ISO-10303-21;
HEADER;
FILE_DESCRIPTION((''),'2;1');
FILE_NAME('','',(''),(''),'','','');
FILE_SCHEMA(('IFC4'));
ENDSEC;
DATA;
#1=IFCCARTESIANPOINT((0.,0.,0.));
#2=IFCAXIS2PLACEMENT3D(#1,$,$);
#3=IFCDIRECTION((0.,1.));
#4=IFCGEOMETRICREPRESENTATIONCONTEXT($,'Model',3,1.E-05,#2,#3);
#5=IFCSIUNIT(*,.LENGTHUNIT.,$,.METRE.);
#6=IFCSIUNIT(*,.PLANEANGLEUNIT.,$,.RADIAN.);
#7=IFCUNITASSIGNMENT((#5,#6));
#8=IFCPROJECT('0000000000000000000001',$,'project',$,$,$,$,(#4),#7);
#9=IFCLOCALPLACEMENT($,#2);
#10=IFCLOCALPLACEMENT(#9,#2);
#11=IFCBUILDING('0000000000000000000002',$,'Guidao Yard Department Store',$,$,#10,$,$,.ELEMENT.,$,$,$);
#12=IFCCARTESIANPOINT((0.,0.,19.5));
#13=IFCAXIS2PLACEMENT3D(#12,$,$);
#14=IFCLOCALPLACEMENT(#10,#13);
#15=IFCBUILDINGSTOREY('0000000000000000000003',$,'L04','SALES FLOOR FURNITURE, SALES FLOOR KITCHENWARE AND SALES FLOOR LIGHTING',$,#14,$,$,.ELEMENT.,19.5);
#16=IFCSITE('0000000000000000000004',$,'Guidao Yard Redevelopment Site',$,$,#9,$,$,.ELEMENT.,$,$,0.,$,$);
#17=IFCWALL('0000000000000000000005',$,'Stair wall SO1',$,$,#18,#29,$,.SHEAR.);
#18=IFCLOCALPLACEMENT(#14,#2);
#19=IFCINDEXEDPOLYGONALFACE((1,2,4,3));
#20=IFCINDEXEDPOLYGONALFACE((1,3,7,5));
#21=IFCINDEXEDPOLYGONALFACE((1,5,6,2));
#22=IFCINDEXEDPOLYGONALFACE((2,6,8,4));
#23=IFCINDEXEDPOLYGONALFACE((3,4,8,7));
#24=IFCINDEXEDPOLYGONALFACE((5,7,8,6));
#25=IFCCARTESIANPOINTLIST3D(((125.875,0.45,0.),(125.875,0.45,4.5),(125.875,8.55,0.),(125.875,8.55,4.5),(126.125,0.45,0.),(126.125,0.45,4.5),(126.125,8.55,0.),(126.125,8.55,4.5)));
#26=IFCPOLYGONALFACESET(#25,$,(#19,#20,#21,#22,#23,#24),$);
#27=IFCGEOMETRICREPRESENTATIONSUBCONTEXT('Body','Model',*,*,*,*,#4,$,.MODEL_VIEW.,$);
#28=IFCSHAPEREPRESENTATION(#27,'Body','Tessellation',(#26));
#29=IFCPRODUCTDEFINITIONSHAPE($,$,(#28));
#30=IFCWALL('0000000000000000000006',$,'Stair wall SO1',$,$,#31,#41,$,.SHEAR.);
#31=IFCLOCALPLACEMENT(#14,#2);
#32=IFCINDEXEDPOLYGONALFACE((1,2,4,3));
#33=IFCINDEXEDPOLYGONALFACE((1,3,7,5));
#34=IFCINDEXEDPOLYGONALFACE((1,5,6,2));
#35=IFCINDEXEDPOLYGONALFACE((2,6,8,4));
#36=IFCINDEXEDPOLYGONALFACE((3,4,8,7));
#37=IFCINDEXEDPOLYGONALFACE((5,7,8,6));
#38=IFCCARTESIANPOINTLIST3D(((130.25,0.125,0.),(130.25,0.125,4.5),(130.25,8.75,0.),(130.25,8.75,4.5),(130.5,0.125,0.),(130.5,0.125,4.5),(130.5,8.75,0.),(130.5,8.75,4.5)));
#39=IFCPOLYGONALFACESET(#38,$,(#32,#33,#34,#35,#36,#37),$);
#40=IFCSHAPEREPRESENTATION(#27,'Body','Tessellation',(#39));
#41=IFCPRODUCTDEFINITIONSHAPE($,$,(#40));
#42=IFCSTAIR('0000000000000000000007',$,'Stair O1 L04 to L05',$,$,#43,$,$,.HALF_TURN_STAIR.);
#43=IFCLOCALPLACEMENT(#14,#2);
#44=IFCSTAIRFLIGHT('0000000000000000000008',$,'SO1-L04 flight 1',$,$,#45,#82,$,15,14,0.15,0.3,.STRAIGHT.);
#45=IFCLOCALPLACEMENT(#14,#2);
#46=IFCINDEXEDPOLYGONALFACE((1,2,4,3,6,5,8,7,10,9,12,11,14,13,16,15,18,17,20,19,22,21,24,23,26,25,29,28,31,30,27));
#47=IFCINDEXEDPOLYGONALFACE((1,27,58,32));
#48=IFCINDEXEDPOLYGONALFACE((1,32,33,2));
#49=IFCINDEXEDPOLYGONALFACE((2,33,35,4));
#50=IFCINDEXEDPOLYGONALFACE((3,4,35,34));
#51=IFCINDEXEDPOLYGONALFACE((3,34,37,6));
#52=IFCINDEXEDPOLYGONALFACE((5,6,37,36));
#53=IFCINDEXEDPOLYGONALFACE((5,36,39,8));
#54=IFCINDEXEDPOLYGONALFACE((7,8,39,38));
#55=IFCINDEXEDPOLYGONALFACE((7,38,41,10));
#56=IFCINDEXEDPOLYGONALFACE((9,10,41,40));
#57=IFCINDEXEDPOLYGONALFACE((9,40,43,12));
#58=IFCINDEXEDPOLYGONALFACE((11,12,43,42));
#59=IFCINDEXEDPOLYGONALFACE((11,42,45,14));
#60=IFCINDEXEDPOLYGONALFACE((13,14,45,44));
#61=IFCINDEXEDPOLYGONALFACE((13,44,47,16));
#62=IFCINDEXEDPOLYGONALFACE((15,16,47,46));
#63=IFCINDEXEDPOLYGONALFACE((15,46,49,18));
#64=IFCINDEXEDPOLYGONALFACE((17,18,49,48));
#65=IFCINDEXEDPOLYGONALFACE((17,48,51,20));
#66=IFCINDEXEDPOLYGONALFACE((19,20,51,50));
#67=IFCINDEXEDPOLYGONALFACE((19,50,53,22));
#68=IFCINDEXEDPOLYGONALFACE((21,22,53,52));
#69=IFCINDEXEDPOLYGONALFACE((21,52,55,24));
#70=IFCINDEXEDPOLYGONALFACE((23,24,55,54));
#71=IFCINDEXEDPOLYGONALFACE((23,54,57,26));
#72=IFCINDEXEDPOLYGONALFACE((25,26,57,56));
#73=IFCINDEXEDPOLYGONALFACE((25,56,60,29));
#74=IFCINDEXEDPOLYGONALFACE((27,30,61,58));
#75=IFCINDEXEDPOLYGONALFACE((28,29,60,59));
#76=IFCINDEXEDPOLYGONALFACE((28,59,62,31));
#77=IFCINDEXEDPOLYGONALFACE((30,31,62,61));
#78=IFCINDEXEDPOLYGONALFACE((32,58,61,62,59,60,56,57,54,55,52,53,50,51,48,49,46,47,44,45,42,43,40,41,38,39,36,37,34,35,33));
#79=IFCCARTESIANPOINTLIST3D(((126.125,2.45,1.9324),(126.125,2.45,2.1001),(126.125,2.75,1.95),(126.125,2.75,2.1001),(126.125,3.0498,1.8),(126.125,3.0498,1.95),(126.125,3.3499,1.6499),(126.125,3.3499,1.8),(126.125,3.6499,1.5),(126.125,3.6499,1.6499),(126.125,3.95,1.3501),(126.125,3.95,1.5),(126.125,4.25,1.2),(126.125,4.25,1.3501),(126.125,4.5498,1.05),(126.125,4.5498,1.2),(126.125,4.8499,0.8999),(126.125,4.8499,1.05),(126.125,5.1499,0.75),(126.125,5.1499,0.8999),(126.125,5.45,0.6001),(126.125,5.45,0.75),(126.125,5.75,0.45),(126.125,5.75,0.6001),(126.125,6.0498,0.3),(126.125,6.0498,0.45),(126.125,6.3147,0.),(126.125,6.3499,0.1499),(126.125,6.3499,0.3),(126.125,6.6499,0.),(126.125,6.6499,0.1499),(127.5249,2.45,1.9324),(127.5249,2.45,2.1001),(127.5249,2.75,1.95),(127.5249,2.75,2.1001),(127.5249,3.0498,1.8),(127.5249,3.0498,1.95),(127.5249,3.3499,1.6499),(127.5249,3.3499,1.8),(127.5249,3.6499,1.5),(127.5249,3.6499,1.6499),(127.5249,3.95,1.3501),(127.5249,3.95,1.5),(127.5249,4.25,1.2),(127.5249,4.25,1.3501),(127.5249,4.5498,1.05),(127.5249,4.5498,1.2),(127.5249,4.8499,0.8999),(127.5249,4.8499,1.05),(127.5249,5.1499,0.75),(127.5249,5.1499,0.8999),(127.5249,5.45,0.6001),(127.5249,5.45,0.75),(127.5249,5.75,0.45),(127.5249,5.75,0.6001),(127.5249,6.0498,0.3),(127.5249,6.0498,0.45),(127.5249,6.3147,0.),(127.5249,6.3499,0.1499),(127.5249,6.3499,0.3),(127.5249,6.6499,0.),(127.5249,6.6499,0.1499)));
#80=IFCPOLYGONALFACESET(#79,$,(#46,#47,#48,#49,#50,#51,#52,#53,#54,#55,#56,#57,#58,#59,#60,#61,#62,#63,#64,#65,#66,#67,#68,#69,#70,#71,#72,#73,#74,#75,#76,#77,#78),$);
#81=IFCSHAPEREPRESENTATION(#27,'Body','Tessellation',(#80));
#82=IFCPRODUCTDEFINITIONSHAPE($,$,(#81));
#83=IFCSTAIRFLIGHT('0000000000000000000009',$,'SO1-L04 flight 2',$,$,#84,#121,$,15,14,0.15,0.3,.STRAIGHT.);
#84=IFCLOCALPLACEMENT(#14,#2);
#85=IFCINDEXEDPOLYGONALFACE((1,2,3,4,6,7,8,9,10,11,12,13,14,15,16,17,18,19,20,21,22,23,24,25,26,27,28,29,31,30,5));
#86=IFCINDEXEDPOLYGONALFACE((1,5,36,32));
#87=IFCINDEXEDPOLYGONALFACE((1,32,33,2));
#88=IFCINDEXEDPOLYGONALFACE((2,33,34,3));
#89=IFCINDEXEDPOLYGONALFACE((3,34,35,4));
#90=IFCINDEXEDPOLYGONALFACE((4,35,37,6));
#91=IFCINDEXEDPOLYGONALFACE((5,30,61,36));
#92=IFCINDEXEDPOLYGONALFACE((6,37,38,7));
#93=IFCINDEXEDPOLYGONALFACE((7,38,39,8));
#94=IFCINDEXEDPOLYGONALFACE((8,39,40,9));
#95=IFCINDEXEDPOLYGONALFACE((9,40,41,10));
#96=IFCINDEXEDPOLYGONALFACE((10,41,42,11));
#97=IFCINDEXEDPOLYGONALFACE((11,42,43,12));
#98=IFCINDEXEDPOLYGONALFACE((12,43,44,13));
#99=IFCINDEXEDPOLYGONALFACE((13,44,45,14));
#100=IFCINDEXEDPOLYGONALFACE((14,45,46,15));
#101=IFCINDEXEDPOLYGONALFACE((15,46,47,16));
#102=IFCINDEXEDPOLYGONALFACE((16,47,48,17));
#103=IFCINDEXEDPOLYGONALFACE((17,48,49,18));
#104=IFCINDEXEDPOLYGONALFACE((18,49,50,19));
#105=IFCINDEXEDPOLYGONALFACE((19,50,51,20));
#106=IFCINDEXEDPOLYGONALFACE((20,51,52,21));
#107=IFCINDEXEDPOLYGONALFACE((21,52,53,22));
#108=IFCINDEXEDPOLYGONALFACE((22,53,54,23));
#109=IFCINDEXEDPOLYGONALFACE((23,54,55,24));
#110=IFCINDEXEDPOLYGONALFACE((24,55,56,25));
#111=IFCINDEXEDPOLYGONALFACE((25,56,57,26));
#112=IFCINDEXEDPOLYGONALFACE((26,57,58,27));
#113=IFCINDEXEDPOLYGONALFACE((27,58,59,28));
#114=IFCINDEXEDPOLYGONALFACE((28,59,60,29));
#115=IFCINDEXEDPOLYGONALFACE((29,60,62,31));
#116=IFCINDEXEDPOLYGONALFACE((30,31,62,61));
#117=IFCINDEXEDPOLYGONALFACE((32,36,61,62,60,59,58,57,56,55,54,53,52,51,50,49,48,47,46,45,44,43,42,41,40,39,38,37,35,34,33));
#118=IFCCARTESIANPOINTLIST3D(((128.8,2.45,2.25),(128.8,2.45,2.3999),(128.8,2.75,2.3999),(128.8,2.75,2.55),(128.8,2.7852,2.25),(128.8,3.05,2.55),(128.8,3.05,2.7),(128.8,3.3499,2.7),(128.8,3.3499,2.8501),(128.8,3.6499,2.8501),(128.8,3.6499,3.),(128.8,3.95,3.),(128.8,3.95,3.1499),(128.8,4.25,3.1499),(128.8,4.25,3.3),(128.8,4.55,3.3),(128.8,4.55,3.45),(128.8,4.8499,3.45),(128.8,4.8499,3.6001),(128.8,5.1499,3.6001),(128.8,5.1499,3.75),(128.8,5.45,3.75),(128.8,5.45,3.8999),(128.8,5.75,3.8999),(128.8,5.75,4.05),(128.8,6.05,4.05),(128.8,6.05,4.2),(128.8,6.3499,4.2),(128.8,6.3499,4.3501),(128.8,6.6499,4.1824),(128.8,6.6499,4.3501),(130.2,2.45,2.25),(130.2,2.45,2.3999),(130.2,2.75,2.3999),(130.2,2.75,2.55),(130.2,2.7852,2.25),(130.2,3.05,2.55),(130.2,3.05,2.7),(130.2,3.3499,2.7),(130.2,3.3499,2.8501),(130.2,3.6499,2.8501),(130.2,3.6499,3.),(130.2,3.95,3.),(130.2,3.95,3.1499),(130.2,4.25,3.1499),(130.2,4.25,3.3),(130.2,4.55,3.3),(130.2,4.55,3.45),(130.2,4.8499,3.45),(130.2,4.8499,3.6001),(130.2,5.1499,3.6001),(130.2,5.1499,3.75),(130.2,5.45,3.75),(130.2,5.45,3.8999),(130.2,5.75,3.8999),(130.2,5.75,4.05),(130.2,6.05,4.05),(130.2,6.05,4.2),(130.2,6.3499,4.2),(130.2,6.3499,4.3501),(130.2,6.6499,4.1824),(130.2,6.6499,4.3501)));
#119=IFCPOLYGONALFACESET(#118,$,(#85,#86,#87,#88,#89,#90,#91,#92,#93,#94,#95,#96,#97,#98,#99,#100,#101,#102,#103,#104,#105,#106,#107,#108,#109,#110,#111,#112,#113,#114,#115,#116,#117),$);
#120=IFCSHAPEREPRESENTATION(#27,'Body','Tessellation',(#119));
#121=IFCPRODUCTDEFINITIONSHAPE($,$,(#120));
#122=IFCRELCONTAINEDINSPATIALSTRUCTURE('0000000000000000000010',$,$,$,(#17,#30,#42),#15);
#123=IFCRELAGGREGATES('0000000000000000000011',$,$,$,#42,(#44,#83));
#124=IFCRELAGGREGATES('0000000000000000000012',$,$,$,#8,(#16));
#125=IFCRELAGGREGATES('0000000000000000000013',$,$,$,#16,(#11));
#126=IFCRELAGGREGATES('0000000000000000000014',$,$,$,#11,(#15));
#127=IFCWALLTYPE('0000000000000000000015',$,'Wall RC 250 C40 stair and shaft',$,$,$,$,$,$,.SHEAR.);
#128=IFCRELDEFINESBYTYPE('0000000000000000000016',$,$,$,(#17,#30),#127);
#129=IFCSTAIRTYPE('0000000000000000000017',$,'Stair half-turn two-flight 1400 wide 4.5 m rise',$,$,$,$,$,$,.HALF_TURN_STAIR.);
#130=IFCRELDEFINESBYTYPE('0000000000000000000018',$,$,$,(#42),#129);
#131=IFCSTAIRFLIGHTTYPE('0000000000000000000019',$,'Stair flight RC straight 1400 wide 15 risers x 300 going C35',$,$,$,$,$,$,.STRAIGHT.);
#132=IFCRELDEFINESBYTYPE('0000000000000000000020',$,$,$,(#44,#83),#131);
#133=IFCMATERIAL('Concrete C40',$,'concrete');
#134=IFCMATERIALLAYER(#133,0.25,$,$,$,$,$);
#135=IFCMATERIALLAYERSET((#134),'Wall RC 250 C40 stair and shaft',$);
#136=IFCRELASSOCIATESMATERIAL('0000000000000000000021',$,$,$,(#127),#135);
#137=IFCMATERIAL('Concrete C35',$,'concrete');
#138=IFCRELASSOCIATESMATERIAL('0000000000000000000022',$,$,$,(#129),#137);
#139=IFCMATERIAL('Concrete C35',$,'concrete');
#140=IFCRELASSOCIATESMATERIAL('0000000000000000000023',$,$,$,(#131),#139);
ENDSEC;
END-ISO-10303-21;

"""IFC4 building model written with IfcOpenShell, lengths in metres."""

from ifc_helpers import new_model, si_unit, direction, frame, frame_2d, origin, place, context, subcontext, project, spatial, polyline, rectangle, outline, extrude, material, layer, layer_set, type_object, element, aggregate, save


model = new_model("IFC4")

# Units and contexts
model_context = context("Model", 3, precision=1e-05, world=origin(), true_north=direction((0.0, 1.0)))
body_context = subcontext(model_context, "Body", "Model", "MODEL_VIEW")
ifc_project = project(units=[si_unit("LENGTHUNIT", "METRE"), si_unit("PLANEANGLEUNIT", "RADIAN")], contexts=[model_context])

# Site, building, storey
site_placement = place(None, origin())
site = spatial("IfcSite", under=ifc_project, at=site_placement, Name="Guidao Yard Redevelopment Site", CompositionType="ELEMENT", RefElevation=0.0)
building_placement = place(site_placement, origin())
building = spatial("IfcBuilding", under=site, at=building_placement, Name="Guidao Yard Department Store", CompositionType="ELEMENT")
storey_placement = place(building_placement, frame((0.0, 0.0, 19.5)))
storey = spatial("IfcBuildingStorey", under=building, at=storey_placement, Name="L04", Description="SALES FLOOR FURNITURE, SALES FLOOR KITCHENWARE AND SALES FLOOR LIGHTING", CompositionType="ELEMENT", Elevation=19.5)

# Shared definitions
ifc_material_1 = material(Name="Concrete C40", Category="concrete")
ifc_layer_1 = layer(ifc_material_1, 0.25)
ifc_layer_set_1 = layer_set([ifc_layer_1], Name="Wall RC 250 C40 stair and shaft")
wall_type = type_object("IfcWallType", Name="Wall RC 250 C40 stair and shaft", PredefinedType="SHEAR", material=ifc_layer_set_1)

# Walls
wall_1_placement = place(storey_placement, frame((126.0, 0.45, 0.0), z_axis=(0.0, 0.0, 1.0), x_axis=(0.0, 1.0, 0.0)))
element("IfcWall", 1, at=wall_1_placement, inside=storey, type_object=wall_type, Name="Stair wall SO1", PredefinedType="SHEAR", context=body_context, shape_type="SweptSolid", body=[
    extrude(rectangle(XDim=8.1001, YDim=0.25, at=frame_2d((4.05, 0.0))), origin(), (0.0, 0.0, 1.0), 4.5),
])
wall_2_placement = place(storey_placement, frame((130.375, 0.125, 0.0), z_axis=(0.0, 0.0, 1.0), x_axis=(0.0, 1.0, 0.0)))
element("IfcWall", 2, at=wall_2_placement, inside=storey, type_object=wall_type, Name="Stair wall SO1", PredefinedType="SHEAR", context=body_context, shape_type="SweptSolid", body=[
    extrude(rectangle(XDim=8.625, YDim=0.25, at=frame_2d((4.3125, 0.0))), origin(), (0.0, 0.0, 1.0), 4.5),
])

# Stair, stair flights
ifc_material_2 = material(Name="Concrete C35", Category="concrete")
stair_type = type_object("IfcStairType", Name="Stair half-turn two-flight 1400 wide 4.5 m rise", PredefinedType="HALF_TURN_STAIR", material=ifc_material_2)
stair_placement = place(storey_placement, origin())
stair = element("IfcStair", 3, at=stair_placement, inside=storey, type_object=stair_type, Name="Stair O1 L04 to L05", PredefinedType="HALF_TURN_STAIR")
ifc_material_3 = material(Name="Concrete C35", Category="concrete")
stair_flight_type = type_object("IfcStairFlightType", Name="Stair flight RC straight 1400 wide 15 risers x 300 going C35", PredefinedType="STRAIGHT", material=ifc_material_3)
stair_flight_1_placement = place(storey_placement, frame((126.825, 6.6499, 0.0), z_axis=(0.0, 0.0, 1.0), x_axis=(0.0, -1.0, 0.0)))
stair_flight_1 = element("IfcStairFlight", 4, at=stair_flight_1_placement, type_object=stair_flight_type, Name="SO1-L04 flight 1", NumberOfRisers=15, NumberOfTreads=14, PredefinedType="STRAIGHT", RiserHeight=0.15, TreadLength=0.3, context=body_context, shape_type="SweptSolid", body=[
    extrude(outline(polyline([(0.0, 0.0), (0.0, 0.1499), (0.3, 0.1499), (0.3, 0.3), (0.6001, 0.3), (0.6001, 0.45), (0.8999, 0.45), (0.8999, 0.6001), (1.2, 0.6001), (1.2, 0.75), (1.5, 0.75), (1.5, 0.8999), (1.8, 0.8999), (1.8, 1.05), (2.1001, 1.05), (2.1001, 1.2), (2.3999, 1.2), (2.3999, 1.3501), (2.7, 1.3501), (2.7, 1.5), (3.0, 1.5), (3.0, 1.6499), (3.3, 1.6499), (3.3, 1.8), (3.6001, 1.8), (3.6001, 1.95), (3.8999, 1.95), (3.8999, 2.1001), (4.2, 2.1001), (4.2, 2.25), (4.2, 1.9324), (0.3352, 0.0), (0.0, 0.0)])), frame((0.0, 0.7, 0.0), z_axis=(0.0, -1.0, 0.0), x_axis=(1.0, 0.0, 0.0)), (0.0, 0.0, 1.0), 1.3999),
])
stair_flight_2_placement = place(storey_placement, frame((129.5, 2.45, 2.25), z_axis=(0.0, 0.0, 1.0), x_axis=(0.0, 1.0, 0.0)))
stair_flight_2 = element("IfcStairFlight", 5, at=stair_flight_2_placement, type_object=stair_flight_type, Name="SO1-L04 flight 2", NumberOfRisers=15, NumberOfTreads=14, PredefinedType="STRAIGHT", RiserHeight=0.15, TreadLength=0.3, context=body_context, shape_type="SweptSolid", body=[
    extrude(outline(polyline([(0.0, 0.0), (0.0, 0.1499), (0.3, 0.1499), (0.3, 0.3), (0.6001, 0.3), (0.6001, 0.45), (0.8999, 0.45), (0.8999, 0.6001), (1.2, 0.6001), (1.2, 0.75), (1.5, 0.75), (1.5, 0.8999), (1.8, 0.8999), (1.8, 1.05), (2.1001, 1.05), (2.1001, 1.2), (2.3999, 1.2), (2.3999, 1.3501), (2.7, 1.3501), (2.7, 1.5), (3.0, 1.5), (3.0, 1.6499), (3.3, 1.6499), (3.3, 1.8), (3.6001, 1.8), (3.6001, 1.95), (3.8999, 1.95), (3.8999, 2.1001), (4.2, 2.1001), (4.2, 2.25), (4.2, 1.9324), (0.3352, 0.0), (0.0, 0.0)])), frame((0.0, 0.7, 0.0), z_axis=(0.0, -1.0, 0.0), x_axis=(1.0, 0.0, 0.0)), (0.0, 0.0, 1.0), 1.3999),
])
aggregate(stair, [stair_flight_1, stair_flight_2])

save(model, "model.ifc")
